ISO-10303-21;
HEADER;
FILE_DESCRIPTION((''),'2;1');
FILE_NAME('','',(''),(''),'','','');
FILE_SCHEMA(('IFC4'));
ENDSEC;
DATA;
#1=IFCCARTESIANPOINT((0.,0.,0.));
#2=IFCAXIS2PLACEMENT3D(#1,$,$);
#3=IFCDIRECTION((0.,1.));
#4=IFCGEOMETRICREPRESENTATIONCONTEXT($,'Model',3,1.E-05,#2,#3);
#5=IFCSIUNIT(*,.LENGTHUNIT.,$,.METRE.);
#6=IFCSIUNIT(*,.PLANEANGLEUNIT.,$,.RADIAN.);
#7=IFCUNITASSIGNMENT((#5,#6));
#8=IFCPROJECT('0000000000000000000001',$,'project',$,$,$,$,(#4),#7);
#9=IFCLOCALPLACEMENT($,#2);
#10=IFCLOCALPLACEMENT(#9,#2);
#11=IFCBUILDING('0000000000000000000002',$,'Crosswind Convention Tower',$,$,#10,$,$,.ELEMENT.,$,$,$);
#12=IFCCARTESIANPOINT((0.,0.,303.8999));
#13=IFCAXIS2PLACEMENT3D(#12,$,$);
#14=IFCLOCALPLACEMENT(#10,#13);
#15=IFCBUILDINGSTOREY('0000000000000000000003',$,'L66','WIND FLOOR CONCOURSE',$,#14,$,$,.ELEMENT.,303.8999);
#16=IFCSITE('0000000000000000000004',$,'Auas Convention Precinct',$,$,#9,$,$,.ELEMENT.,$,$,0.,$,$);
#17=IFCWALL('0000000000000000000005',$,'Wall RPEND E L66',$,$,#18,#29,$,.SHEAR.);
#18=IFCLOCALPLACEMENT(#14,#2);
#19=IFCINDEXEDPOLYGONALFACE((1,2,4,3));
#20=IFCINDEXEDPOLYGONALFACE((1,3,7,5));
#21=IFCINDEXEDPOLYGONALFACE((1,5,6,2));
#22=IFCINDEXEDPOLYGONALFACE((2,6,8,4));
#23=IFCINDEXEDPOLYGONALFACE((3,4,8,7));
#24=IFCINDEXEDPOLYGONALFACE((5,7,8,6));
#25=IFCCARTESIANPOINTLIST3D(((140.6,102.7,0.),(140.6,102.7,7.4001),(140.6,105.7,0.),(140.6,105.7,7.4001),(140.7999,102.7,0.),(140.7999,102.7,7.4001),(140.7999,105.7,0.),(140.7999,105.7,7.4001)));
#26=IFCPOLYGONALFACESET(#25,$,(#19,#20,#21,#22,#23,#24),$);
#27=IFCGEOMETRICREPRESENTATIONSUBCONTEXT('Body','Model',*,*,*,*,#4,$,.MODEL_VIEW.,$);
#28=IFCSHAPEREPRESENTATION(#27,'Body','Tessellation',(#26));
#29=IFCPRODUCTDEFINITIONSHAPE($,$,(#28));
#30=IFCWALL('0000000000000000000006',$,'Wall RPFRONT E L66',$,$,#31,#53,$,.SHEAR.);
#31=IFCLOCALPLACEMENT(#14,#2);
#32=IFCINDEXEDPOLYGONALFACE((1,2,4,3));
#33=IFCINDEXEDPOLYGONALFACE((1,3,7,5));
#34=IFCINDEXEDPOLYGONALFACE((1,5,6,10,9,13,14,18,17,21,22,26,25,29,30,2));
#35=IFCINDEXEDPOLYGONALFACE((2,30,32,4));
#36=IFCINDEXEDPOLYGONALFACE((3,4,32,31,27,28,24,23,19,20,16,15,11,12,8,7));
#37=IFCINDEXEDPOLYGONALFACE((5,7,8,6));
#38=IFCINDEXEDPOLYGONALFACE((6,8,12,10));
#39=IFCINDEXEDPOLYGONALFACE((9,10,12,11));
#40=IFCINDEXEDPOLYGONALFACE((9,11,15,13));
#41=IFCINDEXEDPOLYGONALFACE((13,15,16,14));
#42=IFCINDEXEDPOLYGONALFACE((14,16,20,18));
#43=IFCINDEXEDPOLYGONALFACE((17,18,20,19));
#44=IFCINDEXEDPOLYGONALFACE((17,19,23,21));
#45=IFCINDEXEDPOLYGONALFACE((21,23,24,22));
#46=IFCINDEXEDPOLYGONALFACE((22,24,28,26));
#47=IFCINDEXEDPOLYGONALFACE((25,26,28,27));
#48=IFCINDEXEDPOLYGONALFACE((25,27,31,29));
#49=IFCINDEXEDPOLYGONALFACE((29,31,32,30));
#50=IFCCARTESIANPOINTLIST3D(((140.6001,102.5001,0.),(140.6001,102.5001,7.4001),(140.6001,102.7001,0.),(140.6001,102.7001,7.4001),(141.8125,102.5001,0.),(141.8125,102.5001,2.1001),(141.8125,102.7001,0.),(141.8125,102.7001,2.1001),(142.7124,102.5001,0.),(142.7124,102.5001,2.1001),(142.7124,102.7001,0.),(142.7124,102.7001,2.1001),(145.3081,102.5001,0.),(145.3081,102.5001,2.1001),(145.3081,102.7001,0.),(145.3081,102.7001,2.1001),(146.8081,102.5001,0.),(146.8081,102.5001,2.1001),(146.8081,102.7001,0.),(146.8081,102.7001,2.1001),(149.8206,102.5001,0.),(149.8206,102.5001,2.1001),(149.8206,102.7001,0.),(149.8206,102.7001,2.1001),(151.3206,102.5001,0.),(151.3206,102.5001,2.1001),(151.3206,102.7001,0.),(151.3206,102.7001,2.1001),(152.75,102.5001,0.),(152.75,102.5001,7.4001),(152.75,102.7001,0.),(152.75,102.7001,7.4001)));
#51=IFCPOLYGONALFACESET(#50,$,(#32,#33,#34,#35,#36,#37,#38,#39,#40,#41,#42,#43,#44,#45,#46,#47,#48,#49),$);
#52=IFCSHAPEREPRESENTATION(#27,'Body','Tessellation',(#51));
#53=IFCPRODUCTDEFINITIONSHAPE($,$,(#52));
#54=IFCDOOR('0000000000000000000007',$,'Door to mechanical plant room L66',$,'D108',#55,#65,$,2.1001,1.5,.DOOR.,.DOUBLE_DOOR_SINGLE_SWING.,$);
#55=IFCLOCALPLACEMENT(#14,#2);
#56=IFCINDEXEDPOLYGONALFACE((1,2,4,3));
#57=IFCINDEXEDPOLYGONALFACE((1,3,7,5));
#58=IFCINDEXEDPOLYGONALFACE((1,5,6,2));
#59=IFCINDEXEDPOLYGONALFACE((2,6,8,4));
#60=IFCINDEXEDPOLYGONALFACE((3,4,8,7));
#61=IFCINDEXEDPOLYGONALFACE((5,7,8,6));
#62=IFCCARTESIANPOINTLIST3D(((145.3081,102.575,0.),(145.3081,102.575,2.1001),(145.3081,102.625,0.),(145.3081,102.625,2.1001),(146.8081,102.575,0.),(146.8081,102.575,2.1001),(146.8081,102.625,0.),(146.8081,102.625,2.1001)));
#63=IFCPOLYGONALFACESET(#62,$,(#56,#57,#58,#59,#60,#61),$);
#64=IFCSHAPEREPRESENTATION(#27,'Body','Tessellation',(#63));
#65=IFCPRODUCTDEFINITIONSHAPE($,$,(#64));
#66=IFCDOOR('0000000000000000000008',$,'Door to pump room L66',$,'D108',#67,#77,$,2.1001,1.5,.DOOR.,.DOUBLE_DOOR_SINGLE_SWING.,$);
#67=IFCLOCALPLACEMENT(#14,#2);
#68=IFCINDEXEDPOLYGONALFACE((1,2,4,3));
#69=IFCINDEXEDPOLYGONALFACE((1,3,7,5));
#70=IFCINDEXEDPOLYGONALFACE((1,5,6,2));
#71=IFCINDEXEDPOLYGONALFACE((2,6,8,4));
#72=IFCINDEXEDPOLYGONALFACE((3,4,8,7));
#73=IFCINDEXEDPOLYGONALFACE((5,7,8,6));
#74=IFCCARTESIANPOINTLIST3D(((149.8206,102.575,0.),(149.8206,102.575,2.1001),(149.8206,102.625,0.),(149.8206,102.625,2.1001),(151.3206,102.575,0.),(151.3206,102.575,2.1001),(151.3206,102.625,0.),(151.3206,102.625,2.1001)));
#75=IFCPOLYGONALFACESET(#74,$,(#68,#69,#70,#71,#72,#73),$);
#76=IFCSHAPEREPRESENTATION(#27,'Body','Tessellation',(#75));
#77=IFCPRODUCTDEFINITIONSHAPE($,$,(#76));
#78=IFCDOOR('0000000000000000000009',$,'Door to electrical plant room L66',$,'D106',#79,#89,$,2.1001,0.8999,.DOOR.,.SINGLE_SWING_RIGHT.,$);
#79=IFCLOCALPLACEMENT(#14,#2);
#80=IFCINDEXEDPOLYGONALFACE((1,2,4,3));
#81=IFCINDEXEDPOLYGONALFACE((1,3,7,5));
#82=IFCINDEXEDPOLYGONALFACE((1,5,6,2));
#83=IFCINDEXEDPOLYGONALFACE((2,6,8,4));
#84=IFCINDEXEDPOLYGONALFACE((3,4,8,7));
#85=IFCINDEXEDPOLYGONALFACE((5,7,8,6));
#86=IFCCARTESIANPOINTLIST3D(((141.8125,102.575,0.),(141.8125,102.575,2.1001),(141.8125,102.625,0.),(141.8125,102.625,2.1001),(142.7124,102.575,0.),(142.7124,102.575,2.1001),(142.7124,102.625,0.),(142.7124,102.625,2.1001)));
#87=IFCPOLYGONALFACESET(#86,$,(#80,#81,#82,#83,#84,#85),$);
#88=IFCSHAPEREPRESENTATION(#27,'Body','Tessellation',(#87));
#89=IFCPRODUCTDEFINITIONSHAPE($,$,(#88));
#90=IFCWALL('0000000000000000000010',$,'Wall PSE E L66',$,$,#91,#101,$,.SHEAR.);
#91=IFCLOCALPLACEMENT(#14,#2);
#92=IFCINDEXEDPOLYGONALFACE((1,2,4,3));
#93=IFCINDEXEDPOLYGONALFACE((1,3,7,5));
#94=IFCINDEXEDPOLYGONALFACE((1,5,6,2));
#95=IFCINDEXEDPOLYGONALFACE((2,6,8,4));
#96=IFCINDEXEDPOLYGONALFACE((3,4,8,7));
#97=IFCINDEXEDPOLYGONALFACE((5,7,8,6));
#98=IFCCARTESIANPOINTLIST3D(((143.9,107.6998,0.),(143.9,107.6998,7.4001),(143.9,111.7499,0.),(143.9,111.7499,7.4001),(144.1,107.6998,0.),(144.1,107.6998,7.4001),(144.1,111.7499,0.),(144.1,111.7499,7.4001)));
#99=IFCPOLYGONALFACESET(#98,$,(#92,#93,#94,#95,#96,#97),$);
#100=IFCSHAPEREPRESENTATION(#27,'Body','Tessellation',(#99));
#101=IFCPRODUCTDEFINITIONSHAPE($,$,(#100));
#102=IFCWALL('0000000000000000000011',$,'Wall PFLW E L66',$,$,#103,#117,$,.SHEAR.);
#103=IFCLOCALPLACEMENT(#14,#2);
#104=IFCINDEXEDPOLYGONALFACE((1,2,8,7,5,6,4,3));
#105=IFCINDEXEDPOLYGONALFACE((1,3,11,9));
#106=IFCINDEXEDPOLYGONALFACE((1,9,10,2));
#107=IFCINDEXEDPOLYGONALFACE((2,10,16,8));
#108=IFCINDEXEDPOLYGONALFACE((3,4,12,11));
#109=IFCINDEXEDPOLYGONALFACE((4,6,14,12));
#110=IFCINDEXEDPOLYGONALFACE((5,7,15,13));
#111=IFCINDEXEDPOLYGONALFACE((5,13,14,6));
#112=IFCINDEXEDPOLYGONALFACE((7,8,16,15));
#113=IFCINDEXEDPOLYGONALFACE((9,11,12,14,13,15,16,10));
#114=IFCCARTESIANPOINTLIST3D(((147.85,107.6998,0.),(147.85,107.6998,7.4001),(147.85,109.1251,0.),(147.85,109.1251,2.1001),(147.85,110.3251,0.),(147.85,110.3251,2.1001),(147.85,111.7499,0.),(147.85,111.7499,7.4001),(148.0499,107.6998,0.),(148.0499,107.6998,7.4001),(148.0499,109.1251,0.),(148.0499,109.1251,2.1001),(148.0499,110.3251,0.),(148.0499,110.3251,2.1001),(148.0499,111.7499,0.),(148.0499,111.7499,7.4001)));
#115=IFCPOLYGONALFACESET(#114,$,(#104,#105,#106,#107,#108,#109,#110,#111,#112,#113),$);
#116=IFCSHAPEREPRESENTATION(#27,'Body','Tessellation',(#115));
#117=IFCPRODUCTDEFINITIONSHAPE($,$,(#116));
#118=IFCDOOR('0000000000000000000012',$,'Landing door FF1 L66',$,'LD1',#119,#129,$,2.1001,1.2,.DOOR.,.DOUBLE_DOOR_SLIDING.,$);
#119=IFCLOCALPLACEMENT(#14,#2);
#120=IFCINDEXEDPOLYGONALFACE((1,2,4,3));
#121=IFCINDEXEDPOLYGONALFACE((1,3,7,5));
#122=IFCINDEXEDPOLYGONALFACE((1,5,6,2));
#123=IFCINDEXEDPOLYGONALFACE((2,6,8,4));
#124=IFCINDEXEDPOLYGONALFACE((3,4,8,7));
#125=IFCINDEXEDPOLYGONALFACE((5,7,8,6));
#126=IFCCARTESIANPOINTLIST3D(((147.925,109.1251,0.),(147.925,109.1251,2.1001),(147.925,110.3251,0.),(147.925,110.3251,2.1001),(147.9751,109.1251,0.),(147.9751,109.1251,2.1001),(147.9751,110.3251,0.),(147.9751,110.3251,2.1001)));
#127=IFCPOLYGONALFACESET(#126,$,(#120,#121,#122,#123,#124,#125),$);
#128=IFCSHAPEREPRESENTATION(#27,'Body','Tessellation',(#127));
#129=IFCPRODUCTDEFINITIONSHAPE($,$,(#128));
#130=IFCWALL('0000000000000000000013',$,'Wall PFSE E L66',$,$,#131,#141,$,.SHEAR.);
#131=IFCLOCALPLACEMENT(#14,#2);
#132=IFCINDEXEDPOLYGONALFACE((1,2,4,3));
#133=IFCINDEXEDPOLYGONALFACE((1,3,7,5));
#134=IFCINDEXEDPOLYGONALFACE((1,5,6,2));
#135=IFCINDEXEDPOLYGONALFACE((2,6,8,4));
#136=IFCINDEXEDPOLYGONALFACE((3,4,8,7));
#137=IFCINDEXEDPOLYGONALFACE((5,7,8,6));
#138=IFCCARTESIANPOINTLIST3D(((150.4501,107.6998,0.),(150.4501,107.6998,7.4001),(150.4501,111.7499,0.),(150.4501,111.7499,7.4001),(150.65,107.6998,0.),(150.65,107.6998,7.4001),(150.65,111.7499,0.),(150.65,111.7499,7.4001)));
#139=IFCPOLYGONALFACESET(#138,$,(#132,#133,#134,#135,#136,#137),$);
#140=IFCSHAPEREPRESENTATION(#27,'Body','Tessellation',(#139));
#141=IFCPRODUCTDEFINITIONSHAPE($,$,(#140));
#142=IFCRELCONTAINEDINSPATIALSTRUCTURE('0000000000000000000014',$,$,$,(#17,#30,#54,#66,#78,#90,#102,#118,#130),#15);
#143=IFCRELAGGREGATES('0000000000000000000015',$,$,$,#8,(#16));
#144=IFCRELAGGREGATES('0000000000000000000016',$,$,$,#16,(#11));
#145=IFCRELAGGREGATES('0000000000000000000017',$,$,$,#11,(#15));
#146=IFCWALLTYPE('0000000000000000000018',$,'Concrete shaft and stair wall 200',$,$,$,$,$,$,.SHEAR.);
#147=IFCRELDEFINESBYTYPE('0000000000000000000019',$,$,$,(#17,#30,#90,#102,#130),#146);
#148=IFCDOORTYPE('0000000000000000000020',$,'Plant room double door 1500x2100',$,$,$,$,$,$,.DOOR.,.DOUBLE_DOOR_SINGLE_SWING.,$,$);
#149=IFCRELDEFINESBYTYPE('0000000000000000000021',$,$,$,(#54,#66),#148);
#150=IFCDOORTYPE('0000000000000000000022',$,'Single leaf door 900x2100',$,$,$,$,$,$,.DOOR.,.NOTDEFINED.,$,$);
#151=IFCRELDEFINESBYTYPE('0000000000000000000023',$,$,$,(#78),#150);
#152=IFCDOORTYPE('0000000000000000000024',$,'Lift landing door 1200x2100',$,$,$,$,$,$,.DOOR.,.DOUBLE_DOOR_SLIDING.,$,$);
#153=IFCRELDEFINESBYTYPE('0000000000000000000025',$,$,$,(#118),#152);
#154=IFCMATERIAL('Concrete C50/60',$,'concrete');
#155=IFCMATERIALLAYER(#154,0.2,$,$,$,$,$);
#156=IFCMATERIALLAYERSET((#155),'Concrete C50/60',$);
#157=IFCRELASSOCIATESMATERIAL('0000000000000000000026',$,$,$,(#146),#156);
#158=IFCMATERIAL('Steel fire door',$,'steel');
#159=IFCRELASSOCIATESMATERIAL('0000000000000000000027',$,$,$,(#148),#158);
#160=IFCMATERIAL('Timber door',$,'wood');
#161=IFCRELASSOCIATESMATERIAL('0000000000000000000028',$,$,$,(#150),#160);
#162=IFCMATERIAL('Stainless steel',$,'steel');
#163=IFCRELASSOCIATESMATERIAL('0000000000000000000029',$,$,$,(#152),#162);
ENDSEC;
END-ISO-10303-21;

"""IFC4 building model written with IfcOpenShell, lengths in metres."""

from ifc_helpers import new_model, si_unit, direction, frame, frame_2d, origin, place, context, subcontext, project, spatial, rectangle, extrude, material, layer, layer_set, type_object, element, fill, save


model = new_model("IFC4")

# Units and contexts
model_context = context("Model", 3, precision=1e-05, world=origin(), true_north=direction((0.0, 1.0)))
body_context = subcontext(model_context, "Body", "Model", "MODEL_VIEW")
ifc_project = project(units=[si_unit("LENGTHUNIT", "METRE"), si_unit("PLANEANGLEUNIT", "RADIAN")], contexts=[model_context])

# Site, building, storey
site_placement = place(None, origin())
site = spatial("IfcSite", under=ifc_project, at=site_placement, Name="Auas Convention Precinct", CompositionType="ELEMENT", RefElevation=0.0)
building_placement = place(site_placement, origin())
building = spatial("IfcBuilding", under=site, at=building_placement, Name="Crosswind Convention Tower", CompositionType="ELEMENT")
storey_placement = place(building_placement, frame((0.0, 0.0, 303.8999)))
storey = spatial("IfcBuildingStorey", under=building, at=storey_placement, Name="L66", Description="WIND FLOOR CONCOURSE", CompositionType="ELEMENT", Elevation=303.8999)

# Wall
ifc_material_1 = material(Name="Concrete C50/60", Category="concrete")
ifc_layer_1 = layer(ifc_material_1, 0.2)
ifc_layer_set_1 = layer_set([ifc_layer_1], Name="Concrete C50/60")
wall_type_1 = type_object("IfcWallType", Name="Concrete shaft and stair wall 200", PredefinedType="SHEAR", material=ifc_layer_set_1)
wall_1_placement = place(storey_placement, frame((140.7, 102.7, 0.0), z_axis=(0.0, 0.0, 1.0), x_axis=(0.0, 1.0, 0.0)))
element("IfcWall", 1, at=wall_1_placement, inside=storey, type_object=wall_type_1, Name="Wall RPEND E L66", PredefinedType="SHEAR", context=body_context, shape_type="SweptSolid", body=[
    extrude(rectangle(XDim=3.0, YDim=0.2, at=frame_2d((1.5, 0.0))), origin(), (0.0, 0.0, 1.0), 7.4001),
])

# Wall, openings, doors
wall_2_placement = place(storey_placement, frame((140.6001, 102.6001, 0.0), z_axis=(0.0, 0.0, 1.0), x_axis=(1.0, 0.0, 0.0)))
wall_2 = element("IfcWall", 2, at=wall_2_placement, inside=storey, type_object=wall_type_1, Name="Wall RPFRONT E L66", PredefinedType="SHEAR", context=body_context, shape_type="SweptSolid", body=[
    extrude(rectangle(XDim=12.1499, YDim=0.2, at=frame_2d((6.075, 0.0))), origin(), (0.0, 0.0, 1.0), 7.4001),
])
opening_1_placement = place(wall_2_placement, frame((1.2124, 0.0, 0.0)))
opening_1 = element("IfcOpeningElement", 3, at=opening_1_placement, cuts=wall_2, PredefinedType="OPENING", context=body_context, shape_type="SweptSolid", body=[
    extrude(rectangle(XDim=0.8999, YDim=2.1001, at=frame_2d((0.45, 1.05))), frame((0.0, 0.1099, 0.0), z_axis=(0.0, -1.0, 0.0), x_axis=(1.0, 0.0, 0.0)), (0.0, 0.0, 1.0), 0.22),
])
opening_2_placement = place(wall_2_placement, frame((4.708, 0.0, 0.0)))
opening_2 = element("IfcOpeningElement", 4, at=opening_2_placement, cuts=wall_2, PredefinedType="OPENING", context=body_context, shape_type="SweptSolid", body=[
    extrude(rectangle(XDim=1.5, YDim=2.1001, at=frame_2d((0.75, 1.05))), frame((0.0, 0.1099, 0.0), z_axis=(0.0, -1.0, 0.0), x_axis=(1.0, 0.0, 0.0)), (0.0, 0.0, 1.0), 0.22),
])
opening_3_placement = place(wall_2_placement, frame((9.2205, 0.0, 0.0)))
opening_3 = element("IfcOpeningElement", 5, at=opening_3_placement, cuts=wall_2, PredefinedType="OPENING", context=body_context, shape_type="SweptSolid", body=[
    extrude(rectangle(XDim=1.5, YDim=2.1001, at=frame_2d((0.75, 1.05))), frame((0.0, 0.1099, 0.0), z_axis=(0.0, -1.0, 0.0), x_axis=(1.0, 0.0, 0.0)), (0.0, 0.0, 1.0), 0.22),
])
ifc_material_2 = material(Name="Steel fire door", Category="steel")
door_type_1 = type_object("IfcDoorType", Name="Plant room double door 1500x2100", OperationType="DOUBLE_DOOR_SINGLE_SWING", PredefinedType="DOOR", material=ifc_material_2)
door_1_placement = place(opening_2_placement, origin())
door_1 = element("IfcDoor", 6, at=door_1_placement, inside=storey, type_object=door_type_1, Name="Door to mechanical plant room L66", ObjectType="D108", OperationType="DOUBLE_DOOR_SINGLE_SWING", OverallHeight=2.1001, OverallWidth=1.5, PredefinedType="DOOR", context=body_context, shape_type="SweptSolid", body=[
    extrude(rectangle(XDim=1.5, YDim=2.1001, at=frame_2d((0.75, 1.05))), frame((0.0, 0.0249, 0.0), z_axis=(0.0, -1.0, 0.0), x_axis=(1.0, 0.0, 0.0)), (0.0, 0.0, 1.0), 0.05),
])
fill(opening_2, door_1)
door_2_placement = place(opening_3_placement, origin())
door_2 = element("IfcDoor", 7, at=door_2_placement, inside=storey, type_object=door_type_1, Name="Door to pump room L66", ObjectType="D108", OperationType="DOUBLE_DOOR_SINGLE_SWING", OverallHeight=2.1001, OverallWidth=1.5, PredefinedType="DOOR", context=body_context, shape_type="SweptSolid", body=[
    extrude(rectangle(XDim=1.5, YDim=2.1001, at=frame_2d((0.75, 1.05))), frame((0.0, 0.0249, 0.0), z_axis=(0.0, -1.0, 0.0), x_axis=(1.0, 0.0, 0.0)), (0.0, 0.0, 1.0), 0.05),
])
fill(opening_3, door_2)
ifc_material_3 = material(Name="Timber door", Category="wood")
door_type_2 = type_object("IfcDoorType", Name="Single leaf door 900x2100", OperationType="NOTDEFINED", PredefinedType="DOOR", material=ifc_material_3)
door_3_placement = place(opening_1_placement, origin())
door_3 = element("IfcDoor", 8, at=door_3_placement, inside=storey, type_object=door_type_2, Name="Door to electrical plant room L66", ObjectType="D106", OperationType="SINGLE_SWING_RIGHT", OverallHeight=2.1001, OverallWidth=0.8999, PredefinedType="DOOR", context=body_context, shape_type="SweptSolid", body=[
    extrude(rectangle(XDim=0.8999, YDim=2.1001, at=frame_2d((0.45, 1.05))), frame((0.0, 0.0249, 0.0), z_axis=(0.0, -1.0, 0.0), x_axis=(1.0, 0.0, 0.0)), (0.0, 0.0, 1.0), 0.05),
])
fill(opening_1, door_3)

# Wall
wall_3_placement = place(storey_placement, frame((144.0, 107.7, 0.0), z_axis=(0.0, 0.0, 1.0), x_axis=(0.0, 1.0, 0.0)))
element("IfcWall", 9, at=wall_3_placement, inside=storey, type_object=wall_type_1, Name="Wall PSE E L66", PredefinedType="SHEAR", context=body_context, shape_type="SweptSolid", body=[
    extrude(rectangle(XDim=4.05, YDim=0.2, at=frame_2d((2.0249, 0.0))), origin(), (0.0, 0.0, 1.0), 7.4001),
])

# Wall, opening, door
wall_4_placement = place(storey_placement, frame((147.95, 107.7, 0.0), z_axis=(0.0, 0.0, 1.0), x_axis=(0.0, 1.0, 0.0)))
wall_4 = element("IfcWall", 10, at=wall_4_placement, inside=storey, type_object=wall_type_1, Name="Wall PFLW E L66", PredefinedType="SHEAR", context=body_context, shape_type="SweptSolid", body=[
    extrude(rectangle(XDim=4.05, YDim=0.2, at=frame_2d((2.0249, 0.0))), origin(), (0.0, 0.0, 1.0), 7.4001),
])
opening_4_placement = place(wall_4_placement, frame((1.425, 0.0, 0.0)))
opening_4 = element("IfcOpeningElement", 11, at=opening_4_placement, cuts=wall_4, PredefinedType="OPENING", context=body_context, shape_type="SweptSolid", body=[
    extrude(rectangle(XDim=1.2, YDim=2.1001, at=frame_2d((0.6001, 1.05))), frame((0.0, 0.1099, 0.0), z_axis=(0.0, -1.0, 0.0), x_axis=(1.0, 0.0, 0.0)), (0.0, 0.0, 1.0), 0.22),
])
ifc_material_4 = material(Name="Stainless steel", Category="steel")
door_type_3 = type_object("IfcDoorType", Name="Lift landing door 1200x2100", OperationType="DOUBLE_DOOR_SLIDING", PredefinedType="DOOR", material=ifc_material_4)
door_4_placement = place(opening_4_placement, origin())
door_4 = element("IfcDoor", 12, at=door_4_placement, inside=storey, type_object=door_type_3, Name="Landing door FF1 L66", ObjectType="LD1", OperationType="DOUBLE_DOOR_SLIDING", OverallHeight=2.1001, OverallWidth=1.2, PredefinedType="DOOR", context=body_context, shape_type="SweptSolid", body=[
    extrude(rectangle(XDim=1.2, YDim=2.1001, at=frame_2d((0.6001, 1.05))), frame((0.0, 0.0249, 0.0), z_axis=(0.0, -1.0, 0.0), x_axis=(1.0, 0.0, 0.0)), (0.0, 0.0, 1.0), 0.05),
])
fill(opening_4, door_4)

# Wall
wall_5_placement = place(storey_placement, frame((150.55, 107.7, 0.0), z_axis=(0.0, 0.0, 1.0), x_axis=(0.0, 1.0, 0.0)))
element("IfcWall", 13, at=wall_5_placement, inside=storey, type_object=wall_type_1, Name="Wall PFSE E L66", PredefinedType="SHEAR", context=body_context, shape_type="SweptSolid", body=[
    extrude(rectangle(XDim=4.05, YDim=0.2, at=frame_2d((2.0249, 0.0))), origin(), (0.0, 0.0, 1.0), 7.4001),
])

save(model, "model.ifc")
